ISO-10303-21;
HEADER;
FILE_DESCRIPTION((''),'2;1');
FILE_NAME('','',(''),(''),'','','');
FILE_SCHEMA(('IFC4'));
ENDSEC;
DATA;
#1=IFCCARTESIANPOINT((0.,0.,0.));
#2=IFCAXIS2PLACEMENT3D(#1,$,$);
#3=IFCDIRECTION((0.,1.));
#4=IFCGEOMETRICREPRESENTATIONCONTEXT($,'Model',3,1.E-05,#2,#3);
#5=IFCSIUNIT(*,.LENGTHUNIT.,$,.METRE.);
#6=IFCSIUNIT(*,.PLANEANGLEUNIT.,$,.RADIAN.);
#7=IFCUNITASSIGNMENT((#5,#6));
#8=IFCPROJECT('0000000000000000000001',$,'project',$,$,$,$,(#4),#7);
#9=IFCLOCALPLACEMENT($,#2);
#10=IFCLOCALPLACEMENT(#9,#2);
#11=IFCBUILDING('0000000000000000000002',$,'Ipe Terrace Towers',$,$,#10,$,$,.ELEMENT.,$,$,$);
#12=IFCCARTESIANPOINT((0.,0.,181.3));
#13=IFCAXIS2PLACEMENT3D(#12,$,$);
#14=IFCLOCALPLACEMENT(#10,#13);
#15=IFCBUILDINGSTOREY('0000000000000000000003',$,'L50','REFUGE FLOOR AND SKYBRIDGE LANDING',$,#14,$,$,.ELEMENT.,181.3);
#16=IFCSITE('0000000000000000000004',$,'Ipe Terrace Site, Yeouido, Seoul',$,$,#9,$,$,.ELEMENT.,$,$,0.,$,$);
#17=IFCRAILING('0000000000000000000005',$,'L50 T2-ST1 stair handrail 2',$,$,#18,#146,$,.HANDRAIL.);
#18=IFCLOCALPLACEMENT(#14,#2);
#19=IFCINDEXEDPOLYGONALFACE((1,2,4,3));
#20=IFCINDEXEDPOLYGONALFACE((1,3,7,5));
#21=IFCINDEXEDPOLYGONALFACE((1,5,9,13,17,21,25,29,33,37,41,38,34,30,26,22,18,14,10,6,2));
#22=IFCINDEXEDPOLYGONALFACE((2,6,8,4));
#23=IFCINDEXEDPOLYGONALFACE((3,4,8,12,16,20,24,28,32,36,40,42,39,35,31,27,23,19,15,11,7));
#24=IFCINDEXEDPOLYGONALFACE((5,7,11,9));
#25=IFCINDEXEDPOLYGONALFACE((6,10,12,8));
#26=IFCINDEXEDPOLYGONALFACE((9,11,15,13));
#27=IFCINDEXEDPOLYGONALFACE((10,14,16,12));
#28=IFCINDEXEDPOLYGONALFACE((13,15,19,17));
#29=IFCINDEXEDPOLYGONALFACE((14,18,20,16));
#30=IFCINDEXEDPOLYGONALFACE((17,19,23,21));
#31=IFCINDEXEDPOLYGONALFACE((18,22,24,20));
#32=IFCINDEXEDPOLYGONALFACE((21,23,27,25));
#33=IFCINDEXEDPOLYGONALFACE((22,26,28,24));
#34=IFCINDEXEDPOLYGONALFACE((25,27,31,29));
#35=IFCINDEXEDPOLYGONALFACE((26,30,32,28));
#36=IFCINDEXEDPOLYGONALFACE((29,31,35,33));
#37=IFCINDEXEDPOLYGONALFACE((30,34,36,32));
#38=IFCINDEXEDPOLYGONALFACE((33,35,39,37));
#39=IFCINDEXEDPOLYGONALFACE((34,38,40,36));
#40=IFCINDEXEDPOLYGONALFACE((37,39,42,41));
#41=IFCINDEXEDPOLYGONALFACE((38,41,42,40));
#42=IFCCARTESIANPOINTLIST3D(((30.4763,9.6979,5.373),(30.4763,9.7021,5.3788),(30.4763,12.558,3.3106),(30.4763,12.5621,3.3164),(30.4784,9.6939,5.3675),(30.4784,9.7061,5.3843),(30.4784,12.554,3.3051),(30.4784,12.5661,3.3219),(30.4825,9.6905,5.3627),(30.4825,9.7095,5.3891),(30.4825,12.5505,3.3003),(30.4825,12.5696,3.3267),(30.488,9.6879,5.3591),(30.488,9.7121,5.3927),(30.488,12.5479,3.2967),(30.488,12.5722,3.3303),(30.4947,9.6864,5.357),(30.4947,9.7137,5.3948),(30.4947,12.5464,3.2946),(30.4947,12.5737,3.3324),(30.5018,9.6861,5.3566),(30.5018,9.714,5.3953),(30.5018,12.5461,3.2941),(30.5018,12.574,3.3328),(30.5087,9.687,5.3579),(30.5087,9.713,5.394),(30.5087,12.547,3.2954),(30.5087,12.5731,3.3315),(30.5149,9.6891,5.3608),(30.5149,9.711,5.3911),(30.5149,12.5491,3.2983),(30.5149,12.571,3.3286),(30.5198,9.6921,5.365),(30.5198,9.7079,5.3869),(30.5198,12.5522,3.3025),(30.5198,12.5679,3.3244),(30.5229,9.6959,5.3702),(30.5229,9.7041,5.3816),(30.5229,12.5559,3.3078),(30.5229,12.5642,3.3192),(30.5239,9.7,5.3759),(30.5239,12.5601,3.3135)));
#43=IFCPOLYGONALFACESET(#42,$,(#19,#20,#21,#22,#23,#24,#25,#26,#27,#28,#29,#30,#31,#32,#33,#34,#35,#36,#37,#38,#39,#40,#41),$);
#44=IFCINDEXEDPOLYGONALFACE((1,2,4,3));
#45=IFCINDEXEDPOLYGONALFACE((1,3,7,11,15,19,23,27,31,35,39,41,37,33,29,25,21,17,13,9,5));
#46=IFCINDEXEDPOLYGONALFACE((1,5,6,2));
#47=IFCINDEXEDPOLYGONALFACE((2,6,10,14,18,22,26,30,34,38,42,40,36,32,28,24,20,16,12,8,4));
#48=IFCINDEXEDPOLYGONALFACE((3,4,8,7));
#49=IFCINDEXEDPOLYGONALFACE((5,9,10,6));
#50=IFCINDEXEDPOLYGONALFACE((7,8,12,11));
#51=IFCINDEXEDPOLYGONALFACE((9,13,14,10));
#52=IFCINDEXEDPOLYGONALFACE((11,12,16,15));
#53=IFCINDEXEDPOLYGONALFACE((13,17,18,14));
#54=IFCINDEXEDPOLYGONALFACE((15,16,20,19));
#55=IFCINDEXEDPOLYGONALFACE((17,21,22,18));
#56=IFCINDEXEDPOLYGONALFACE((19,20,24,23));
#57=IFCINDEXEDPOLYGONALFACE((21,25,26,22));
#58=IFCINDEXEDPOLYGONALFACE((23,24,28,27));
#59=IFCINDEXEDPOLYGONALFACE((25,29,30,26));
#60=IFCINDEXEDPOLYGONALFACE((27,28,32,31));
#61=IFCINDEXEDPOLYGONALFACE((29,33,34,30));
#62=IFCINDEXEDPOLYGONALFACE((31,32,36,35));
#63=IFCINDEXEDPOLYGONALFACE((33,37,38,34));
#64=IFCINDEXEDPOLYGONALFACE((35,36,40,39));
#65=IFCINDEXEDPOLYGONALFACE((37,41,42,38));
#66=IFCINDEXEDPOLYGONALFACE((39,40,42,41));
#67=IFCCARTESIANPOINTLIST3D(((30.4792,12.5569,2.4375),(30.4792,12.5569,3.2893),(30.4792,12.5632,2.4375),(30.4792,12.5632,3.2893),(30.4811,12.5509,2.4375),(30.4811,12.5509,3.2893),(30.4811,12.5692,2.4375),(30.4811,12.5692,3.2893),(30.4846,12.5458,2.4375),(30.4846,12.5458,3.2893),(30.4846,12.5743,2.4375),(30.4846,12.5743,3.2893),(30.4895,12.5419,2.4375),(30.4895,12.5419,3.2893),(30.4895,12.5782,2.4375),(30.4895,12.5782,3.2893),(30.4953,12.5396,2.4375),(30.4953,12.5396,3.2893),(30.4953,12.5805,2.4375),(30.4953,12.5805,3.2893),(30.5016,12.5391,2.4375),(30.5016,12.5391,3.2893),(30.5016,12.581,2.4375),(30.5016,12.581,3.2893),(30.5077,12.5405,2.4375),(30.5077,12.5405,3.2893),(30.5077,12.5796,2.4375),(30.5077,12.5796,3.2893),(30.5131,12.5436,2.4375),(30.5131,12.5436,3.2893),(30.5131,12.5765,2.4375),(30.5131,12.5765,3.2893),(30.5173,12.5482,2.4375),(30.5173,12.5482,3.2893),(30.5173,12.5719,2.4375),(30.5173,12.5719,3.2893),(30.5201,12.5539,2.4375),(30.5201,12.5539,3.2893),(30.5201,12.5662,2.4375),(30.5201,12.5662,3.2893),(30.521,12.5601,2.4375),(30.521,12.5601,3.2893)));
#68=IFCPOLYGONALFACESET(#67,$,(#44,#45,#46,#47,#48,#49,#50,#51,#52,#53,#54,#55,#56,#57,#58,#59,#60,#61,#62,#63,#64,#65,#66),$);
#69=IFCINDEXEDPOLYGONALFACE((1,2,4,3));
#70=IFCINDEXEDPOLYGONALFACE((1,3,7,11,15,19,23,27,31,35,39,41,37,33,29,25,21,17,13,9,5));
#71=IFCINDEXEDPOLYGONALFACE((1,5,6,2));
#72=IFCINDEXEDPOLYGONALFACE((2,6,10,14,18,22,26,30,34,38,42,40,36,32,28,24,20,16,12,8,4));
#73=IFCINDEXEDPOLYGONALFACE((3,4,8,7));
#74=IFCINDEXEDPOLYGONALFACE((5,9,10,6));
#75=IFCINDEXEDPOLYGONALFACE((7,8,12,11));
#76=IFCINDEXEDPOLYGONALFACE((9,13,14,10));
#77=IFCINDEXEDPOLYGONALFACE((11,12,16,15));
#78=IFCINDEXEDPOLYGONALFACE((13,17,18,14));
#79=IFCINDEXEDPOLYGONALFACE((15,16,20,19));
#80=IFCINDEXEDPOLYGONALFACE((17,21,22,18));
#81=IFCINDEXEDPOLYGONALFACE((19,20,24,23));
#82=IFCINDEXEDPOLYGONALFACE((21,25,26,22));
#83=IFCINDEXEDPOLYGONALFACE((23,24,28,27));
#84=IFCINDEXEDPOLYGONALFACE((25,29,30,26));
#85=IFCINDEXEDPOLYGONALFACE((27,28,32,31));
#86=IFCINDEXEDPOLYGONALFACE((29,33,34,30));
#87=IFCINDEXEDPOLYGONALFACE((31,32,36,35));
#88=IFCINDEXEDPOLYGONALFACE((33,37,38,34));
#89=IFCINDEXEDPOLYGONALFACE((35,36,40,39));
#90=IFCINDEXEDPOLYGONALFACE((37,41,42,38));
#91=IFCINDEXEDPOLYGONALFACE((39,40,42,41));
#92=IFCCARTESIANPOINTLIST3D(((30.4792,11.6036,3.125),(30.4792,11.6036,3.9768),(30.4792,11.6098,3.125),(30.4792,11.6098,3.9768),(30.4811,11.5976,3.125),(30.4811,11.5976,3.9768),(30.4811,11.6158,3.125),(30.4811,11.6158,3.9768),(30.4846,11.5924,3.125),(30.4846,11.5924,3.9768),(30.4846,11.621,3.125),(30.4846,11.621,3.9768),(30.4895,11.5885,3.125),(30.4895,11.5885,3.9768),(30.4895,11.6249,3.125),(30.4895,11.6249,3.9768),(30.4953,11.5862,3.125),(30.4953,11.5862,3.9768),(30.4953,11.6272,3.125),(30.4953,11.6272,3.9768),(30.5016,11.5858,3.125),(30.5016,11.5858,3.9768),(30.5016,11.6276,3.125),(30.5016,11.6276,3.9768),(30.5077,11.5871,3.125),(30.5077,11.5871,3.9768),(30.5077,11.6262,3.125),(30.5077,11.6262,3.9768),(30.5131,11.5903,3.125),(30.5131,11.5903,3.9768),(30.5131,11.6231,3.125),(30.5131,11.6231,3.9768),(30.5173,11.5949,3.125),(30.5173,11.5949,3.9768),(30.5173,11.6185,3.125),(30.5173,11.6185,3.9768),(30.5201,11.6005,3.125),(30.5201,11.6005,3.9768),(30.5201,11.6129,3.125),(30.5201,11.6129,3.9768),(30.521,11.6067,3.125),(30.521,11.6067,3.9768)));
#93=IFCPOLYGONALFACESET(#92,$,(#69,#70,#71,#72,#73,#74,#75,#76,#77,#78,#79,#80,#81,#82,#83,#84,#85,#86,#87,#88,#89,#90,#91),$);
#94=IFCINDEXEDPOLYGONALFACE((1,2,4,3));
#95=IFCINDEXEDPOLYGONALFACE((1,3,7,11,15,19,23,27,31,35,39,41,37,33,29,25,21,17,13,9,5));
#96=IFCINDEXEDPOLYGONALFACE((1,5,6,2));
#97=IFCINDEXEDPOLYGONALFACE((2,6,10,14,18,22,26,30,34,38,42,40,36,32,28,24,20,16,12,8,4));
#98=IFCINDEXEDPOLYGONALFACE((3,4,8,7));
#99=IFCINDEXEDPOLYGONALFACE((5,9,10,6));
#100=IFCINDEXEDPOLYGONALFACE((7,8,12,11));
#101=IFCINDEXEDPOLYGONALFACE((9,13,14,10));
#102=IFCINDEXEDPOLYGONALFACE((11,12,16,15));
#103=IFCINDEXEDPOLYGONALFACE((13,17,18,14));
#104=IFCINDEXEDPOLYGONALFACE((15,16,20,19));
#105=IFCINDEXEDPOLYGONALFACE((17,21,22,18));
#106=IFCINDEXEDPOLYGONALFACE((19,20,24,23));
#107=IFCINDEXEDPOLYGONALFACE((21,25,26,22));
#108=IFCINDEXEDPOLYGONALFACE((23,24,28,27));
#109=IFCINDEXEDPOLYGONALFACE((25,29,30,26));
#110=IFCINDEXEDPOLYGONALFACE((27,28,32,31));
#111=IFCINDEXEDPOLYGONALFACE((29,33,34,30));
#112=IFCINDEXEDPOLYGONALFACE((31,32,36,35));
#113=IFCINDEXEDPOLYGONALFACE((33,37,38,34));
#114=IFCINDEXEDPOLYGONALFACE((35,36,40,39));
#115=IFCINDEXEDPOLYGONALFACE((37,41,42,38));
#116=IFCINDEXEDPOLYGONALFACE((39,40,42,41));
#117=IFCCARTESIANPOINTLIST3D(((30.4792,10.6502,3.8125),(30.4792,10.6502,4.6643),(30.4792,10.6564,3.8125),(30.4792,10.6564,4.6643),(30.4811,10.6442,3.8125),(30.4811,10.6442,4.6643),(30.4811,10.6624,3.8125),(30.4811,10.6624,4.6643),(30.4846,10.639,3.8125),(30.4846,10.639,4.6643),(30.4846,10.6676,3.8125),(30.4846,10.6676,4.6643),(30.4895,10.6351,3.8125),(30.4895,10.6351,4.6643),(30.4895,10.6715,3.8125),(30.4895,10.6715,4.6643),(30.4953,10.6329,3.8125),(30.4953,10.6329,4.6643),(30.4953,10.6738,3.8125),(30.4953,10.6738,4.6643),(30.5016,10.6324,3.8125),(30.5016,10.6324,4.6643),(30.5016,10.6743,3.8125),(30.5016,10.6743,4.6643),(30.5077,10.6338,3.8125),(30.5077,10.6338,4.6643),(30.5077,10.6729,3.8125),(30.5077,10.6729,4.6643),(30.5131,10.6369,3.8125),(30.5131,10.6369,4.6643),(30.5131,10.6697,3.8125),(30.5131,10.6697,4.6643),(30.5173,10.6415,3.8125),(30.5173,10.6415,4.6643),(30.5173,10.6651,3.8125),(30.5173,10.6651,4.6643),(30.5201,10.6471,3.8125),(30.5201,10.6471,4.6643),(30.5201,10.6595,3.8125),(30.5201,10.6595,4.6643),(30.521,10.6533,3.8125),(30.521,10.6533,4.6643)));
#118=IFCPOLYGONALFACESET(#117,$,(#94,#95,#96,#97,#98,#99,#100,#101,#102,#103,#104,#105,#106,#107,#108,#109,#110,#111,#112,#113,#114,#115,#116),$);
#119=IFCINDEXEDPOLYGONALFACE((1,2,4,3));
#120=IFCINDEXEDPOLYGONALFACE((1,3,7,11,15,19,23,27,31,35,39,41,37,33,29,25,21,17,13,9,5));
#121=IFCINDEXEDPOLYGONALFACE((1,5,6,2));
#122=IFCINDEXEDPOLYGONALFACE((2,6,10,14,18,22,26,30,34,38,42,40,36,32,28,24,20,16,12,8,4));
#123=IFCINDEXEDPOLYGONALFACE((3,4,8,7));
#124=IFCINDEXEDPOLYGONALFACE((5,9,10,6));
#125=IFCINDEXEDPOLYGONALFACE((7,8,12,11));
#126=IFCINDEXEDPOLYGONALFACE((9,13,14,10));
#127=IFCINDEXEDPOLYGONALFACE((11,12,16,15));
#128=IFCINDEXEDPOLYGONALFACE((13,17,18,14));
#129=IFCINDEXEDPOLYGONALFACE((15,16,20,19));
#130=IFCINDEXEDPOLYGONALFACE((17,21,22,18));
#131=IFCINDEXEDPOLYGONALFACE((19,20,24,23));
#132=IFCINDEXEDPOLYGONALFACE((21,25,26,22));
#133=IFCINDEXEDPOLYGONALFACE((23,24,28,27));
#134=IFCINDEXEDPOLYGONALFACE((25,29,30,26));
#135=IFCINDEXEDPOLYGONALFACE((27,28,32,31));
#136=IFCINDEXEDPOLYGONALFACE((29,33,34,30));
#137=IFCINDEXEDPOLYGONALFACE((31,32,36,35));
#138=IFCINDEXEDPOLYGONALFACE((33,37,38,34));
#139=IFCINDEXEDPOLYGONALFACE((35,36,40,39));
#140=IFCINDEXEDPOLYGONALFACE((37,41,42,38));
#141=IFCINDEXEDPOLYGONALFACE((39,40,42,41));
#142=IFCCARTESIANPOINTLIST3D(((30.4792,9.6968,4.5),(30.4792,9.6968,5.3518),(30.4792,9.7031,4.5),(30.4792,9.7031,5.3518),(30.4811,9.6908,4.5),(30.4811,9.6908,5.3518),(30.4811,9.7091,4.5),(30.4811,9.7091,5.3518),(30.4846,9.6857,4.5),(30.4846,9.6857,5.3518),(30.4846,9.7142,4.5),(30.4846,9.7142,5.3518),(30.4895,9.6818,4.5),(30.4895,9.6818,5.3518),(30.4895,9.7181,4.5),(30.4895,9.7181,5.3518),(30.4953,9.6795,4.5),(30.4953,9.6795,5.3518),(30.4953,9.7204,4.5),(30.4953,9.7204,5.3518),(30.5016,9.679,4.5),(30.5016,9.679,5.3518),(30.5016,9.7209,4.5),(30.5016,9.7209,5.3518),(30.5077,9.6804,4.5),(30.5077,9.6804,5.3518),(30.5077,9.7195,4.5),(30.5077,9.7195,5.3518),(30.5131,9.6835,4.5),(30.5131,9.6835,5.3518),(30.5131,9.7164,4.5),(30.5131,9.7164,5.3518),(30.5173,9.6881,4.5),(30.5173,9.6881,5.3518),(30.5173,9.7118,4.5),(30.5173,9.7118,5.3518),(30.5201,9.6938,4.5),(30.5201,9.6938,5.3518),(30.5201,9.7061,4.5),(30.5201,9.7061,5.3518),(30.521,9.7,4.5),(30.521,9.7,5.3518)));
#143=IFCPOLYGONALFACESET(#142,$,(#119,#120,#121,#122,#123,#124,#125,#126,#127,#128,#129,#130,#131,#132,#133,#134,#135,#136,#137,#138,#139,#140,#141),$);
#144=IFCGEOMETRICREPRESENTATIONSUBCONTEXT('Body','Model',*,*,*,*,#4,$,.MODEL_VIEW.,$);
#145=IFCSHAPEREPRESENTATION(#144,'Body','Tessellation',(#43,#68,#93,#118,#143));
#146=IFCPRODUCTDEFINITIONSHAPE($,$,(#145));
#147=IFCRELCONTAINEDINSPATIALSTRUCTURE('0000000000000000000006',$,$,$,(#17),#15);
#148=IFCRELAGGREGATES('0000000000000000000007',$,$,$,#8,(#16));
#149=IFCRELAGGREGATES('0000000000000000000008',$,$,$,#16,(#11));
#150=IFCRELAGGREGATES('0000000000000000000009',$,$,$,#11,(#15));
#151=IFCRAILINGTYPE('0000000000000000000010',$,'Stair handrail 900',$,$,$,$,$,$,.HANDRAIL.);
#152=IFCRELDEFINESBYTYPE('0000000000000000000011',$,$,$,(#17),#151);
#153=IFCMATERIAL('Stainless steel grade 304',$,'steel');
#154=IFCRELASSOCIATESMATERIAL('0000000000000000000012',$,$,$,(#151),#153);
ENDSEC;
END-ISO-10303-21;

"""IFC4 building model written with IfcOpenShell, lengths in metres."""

from ifc_helpers import new_model, si_unit, direction, frame, origin, origin_2d, place, context, subcontext, project, spatial, circle, extrude, material, type_object, element, save


model = new_model("IFC4")

# Units and contexts
model_context = context("Model", 3, precision=1e-05, world=origin(), true_north=direction((0.0, 1.0)))
body_context = subcontext(model_context, "Body", "Model", "MODEL_VIEW")
ifc_project = project(units=[si_unit("LENGTHUNIT", "METRE"), si_unit("PLANEANGLEUNIT", "RADIAN")], contexts=[model_context])

# Site, building, storey
site_placement = place(None, origin())
site = spatial("IfcSite", under=ifc_project, at=site_placement, Name="Ipe Terrace Site, Yeouido, Seoul", CompositionType="ELEMENT", RefElevation=0.0)
building_placement = place(site_placement, origin())
building = spatial("IfcBuilding", under=site, at=building_placement, Name="Ipe Terrace Towers", CompositionType="ELEMENT")
storey_placement = place(building_placement, frame((0.0, 0.0, 181.3)))
storey = spatial("IfcBuildingStorey", under=building, at=storey_placement, Name="L50", Description="REFUGE FLOOR AND SKYBRIDGE LANDING", CompositionType="ELEMENT", Elevation=181.3)

# Railing
ifc_material_1 = material(Name="Stainless steel grade 304", Category="steel")
railing_type_1 = type_object("IfcRailingType", Name="Stair handrail 900", PredefinedType="HANDRAIL", material=ifc_material_1)
railing_1_placement = place(storey_placement, frame((30.5, 12.5601, 2.4375)))
element("IfcRailing", 1, at=railing_1_placement, inside=storey, type_object=railing_type_1, Name="L50 T2-ST1 stair handrail 2", PredefinedType="HANDRAIL", context=body_context, shape_type="SweptSolid", body=[
    extrude(circle(Radius=0.0239, at=origin_2d()), frame((0.0, 0.0, 0.876), z_axis=(0.0, -0.811101, 0.584906), x_axis=(1.0, 0.0, 0.0)), (0.0, 0.0, 1.0), 3.5261),
    extrude(circle(Radius=0.021, at=origin_2d()), origin(), (0.0, 0.0, 1.0), 0.8518),
    extrude(circle(Radius=0.021, at=origin_2d()), frame((0.0, -0.9534, 0.6875)), (0.0, 0.0, 1.0), 0.8518),
    extrude(circle(Radius=0.021, at=origin_2d()), frame((0.0, -1.9067, 1.375)), (0.0, 0.0, 1.0), 0.8518),
    extrude(circle(Radius=0.021, at=origin_2d()), frame((0.0, -2.8601, 2.0625)), (0.0, 0.0, 1.0), 0.8518),
])

save(model, "model.ifc")
